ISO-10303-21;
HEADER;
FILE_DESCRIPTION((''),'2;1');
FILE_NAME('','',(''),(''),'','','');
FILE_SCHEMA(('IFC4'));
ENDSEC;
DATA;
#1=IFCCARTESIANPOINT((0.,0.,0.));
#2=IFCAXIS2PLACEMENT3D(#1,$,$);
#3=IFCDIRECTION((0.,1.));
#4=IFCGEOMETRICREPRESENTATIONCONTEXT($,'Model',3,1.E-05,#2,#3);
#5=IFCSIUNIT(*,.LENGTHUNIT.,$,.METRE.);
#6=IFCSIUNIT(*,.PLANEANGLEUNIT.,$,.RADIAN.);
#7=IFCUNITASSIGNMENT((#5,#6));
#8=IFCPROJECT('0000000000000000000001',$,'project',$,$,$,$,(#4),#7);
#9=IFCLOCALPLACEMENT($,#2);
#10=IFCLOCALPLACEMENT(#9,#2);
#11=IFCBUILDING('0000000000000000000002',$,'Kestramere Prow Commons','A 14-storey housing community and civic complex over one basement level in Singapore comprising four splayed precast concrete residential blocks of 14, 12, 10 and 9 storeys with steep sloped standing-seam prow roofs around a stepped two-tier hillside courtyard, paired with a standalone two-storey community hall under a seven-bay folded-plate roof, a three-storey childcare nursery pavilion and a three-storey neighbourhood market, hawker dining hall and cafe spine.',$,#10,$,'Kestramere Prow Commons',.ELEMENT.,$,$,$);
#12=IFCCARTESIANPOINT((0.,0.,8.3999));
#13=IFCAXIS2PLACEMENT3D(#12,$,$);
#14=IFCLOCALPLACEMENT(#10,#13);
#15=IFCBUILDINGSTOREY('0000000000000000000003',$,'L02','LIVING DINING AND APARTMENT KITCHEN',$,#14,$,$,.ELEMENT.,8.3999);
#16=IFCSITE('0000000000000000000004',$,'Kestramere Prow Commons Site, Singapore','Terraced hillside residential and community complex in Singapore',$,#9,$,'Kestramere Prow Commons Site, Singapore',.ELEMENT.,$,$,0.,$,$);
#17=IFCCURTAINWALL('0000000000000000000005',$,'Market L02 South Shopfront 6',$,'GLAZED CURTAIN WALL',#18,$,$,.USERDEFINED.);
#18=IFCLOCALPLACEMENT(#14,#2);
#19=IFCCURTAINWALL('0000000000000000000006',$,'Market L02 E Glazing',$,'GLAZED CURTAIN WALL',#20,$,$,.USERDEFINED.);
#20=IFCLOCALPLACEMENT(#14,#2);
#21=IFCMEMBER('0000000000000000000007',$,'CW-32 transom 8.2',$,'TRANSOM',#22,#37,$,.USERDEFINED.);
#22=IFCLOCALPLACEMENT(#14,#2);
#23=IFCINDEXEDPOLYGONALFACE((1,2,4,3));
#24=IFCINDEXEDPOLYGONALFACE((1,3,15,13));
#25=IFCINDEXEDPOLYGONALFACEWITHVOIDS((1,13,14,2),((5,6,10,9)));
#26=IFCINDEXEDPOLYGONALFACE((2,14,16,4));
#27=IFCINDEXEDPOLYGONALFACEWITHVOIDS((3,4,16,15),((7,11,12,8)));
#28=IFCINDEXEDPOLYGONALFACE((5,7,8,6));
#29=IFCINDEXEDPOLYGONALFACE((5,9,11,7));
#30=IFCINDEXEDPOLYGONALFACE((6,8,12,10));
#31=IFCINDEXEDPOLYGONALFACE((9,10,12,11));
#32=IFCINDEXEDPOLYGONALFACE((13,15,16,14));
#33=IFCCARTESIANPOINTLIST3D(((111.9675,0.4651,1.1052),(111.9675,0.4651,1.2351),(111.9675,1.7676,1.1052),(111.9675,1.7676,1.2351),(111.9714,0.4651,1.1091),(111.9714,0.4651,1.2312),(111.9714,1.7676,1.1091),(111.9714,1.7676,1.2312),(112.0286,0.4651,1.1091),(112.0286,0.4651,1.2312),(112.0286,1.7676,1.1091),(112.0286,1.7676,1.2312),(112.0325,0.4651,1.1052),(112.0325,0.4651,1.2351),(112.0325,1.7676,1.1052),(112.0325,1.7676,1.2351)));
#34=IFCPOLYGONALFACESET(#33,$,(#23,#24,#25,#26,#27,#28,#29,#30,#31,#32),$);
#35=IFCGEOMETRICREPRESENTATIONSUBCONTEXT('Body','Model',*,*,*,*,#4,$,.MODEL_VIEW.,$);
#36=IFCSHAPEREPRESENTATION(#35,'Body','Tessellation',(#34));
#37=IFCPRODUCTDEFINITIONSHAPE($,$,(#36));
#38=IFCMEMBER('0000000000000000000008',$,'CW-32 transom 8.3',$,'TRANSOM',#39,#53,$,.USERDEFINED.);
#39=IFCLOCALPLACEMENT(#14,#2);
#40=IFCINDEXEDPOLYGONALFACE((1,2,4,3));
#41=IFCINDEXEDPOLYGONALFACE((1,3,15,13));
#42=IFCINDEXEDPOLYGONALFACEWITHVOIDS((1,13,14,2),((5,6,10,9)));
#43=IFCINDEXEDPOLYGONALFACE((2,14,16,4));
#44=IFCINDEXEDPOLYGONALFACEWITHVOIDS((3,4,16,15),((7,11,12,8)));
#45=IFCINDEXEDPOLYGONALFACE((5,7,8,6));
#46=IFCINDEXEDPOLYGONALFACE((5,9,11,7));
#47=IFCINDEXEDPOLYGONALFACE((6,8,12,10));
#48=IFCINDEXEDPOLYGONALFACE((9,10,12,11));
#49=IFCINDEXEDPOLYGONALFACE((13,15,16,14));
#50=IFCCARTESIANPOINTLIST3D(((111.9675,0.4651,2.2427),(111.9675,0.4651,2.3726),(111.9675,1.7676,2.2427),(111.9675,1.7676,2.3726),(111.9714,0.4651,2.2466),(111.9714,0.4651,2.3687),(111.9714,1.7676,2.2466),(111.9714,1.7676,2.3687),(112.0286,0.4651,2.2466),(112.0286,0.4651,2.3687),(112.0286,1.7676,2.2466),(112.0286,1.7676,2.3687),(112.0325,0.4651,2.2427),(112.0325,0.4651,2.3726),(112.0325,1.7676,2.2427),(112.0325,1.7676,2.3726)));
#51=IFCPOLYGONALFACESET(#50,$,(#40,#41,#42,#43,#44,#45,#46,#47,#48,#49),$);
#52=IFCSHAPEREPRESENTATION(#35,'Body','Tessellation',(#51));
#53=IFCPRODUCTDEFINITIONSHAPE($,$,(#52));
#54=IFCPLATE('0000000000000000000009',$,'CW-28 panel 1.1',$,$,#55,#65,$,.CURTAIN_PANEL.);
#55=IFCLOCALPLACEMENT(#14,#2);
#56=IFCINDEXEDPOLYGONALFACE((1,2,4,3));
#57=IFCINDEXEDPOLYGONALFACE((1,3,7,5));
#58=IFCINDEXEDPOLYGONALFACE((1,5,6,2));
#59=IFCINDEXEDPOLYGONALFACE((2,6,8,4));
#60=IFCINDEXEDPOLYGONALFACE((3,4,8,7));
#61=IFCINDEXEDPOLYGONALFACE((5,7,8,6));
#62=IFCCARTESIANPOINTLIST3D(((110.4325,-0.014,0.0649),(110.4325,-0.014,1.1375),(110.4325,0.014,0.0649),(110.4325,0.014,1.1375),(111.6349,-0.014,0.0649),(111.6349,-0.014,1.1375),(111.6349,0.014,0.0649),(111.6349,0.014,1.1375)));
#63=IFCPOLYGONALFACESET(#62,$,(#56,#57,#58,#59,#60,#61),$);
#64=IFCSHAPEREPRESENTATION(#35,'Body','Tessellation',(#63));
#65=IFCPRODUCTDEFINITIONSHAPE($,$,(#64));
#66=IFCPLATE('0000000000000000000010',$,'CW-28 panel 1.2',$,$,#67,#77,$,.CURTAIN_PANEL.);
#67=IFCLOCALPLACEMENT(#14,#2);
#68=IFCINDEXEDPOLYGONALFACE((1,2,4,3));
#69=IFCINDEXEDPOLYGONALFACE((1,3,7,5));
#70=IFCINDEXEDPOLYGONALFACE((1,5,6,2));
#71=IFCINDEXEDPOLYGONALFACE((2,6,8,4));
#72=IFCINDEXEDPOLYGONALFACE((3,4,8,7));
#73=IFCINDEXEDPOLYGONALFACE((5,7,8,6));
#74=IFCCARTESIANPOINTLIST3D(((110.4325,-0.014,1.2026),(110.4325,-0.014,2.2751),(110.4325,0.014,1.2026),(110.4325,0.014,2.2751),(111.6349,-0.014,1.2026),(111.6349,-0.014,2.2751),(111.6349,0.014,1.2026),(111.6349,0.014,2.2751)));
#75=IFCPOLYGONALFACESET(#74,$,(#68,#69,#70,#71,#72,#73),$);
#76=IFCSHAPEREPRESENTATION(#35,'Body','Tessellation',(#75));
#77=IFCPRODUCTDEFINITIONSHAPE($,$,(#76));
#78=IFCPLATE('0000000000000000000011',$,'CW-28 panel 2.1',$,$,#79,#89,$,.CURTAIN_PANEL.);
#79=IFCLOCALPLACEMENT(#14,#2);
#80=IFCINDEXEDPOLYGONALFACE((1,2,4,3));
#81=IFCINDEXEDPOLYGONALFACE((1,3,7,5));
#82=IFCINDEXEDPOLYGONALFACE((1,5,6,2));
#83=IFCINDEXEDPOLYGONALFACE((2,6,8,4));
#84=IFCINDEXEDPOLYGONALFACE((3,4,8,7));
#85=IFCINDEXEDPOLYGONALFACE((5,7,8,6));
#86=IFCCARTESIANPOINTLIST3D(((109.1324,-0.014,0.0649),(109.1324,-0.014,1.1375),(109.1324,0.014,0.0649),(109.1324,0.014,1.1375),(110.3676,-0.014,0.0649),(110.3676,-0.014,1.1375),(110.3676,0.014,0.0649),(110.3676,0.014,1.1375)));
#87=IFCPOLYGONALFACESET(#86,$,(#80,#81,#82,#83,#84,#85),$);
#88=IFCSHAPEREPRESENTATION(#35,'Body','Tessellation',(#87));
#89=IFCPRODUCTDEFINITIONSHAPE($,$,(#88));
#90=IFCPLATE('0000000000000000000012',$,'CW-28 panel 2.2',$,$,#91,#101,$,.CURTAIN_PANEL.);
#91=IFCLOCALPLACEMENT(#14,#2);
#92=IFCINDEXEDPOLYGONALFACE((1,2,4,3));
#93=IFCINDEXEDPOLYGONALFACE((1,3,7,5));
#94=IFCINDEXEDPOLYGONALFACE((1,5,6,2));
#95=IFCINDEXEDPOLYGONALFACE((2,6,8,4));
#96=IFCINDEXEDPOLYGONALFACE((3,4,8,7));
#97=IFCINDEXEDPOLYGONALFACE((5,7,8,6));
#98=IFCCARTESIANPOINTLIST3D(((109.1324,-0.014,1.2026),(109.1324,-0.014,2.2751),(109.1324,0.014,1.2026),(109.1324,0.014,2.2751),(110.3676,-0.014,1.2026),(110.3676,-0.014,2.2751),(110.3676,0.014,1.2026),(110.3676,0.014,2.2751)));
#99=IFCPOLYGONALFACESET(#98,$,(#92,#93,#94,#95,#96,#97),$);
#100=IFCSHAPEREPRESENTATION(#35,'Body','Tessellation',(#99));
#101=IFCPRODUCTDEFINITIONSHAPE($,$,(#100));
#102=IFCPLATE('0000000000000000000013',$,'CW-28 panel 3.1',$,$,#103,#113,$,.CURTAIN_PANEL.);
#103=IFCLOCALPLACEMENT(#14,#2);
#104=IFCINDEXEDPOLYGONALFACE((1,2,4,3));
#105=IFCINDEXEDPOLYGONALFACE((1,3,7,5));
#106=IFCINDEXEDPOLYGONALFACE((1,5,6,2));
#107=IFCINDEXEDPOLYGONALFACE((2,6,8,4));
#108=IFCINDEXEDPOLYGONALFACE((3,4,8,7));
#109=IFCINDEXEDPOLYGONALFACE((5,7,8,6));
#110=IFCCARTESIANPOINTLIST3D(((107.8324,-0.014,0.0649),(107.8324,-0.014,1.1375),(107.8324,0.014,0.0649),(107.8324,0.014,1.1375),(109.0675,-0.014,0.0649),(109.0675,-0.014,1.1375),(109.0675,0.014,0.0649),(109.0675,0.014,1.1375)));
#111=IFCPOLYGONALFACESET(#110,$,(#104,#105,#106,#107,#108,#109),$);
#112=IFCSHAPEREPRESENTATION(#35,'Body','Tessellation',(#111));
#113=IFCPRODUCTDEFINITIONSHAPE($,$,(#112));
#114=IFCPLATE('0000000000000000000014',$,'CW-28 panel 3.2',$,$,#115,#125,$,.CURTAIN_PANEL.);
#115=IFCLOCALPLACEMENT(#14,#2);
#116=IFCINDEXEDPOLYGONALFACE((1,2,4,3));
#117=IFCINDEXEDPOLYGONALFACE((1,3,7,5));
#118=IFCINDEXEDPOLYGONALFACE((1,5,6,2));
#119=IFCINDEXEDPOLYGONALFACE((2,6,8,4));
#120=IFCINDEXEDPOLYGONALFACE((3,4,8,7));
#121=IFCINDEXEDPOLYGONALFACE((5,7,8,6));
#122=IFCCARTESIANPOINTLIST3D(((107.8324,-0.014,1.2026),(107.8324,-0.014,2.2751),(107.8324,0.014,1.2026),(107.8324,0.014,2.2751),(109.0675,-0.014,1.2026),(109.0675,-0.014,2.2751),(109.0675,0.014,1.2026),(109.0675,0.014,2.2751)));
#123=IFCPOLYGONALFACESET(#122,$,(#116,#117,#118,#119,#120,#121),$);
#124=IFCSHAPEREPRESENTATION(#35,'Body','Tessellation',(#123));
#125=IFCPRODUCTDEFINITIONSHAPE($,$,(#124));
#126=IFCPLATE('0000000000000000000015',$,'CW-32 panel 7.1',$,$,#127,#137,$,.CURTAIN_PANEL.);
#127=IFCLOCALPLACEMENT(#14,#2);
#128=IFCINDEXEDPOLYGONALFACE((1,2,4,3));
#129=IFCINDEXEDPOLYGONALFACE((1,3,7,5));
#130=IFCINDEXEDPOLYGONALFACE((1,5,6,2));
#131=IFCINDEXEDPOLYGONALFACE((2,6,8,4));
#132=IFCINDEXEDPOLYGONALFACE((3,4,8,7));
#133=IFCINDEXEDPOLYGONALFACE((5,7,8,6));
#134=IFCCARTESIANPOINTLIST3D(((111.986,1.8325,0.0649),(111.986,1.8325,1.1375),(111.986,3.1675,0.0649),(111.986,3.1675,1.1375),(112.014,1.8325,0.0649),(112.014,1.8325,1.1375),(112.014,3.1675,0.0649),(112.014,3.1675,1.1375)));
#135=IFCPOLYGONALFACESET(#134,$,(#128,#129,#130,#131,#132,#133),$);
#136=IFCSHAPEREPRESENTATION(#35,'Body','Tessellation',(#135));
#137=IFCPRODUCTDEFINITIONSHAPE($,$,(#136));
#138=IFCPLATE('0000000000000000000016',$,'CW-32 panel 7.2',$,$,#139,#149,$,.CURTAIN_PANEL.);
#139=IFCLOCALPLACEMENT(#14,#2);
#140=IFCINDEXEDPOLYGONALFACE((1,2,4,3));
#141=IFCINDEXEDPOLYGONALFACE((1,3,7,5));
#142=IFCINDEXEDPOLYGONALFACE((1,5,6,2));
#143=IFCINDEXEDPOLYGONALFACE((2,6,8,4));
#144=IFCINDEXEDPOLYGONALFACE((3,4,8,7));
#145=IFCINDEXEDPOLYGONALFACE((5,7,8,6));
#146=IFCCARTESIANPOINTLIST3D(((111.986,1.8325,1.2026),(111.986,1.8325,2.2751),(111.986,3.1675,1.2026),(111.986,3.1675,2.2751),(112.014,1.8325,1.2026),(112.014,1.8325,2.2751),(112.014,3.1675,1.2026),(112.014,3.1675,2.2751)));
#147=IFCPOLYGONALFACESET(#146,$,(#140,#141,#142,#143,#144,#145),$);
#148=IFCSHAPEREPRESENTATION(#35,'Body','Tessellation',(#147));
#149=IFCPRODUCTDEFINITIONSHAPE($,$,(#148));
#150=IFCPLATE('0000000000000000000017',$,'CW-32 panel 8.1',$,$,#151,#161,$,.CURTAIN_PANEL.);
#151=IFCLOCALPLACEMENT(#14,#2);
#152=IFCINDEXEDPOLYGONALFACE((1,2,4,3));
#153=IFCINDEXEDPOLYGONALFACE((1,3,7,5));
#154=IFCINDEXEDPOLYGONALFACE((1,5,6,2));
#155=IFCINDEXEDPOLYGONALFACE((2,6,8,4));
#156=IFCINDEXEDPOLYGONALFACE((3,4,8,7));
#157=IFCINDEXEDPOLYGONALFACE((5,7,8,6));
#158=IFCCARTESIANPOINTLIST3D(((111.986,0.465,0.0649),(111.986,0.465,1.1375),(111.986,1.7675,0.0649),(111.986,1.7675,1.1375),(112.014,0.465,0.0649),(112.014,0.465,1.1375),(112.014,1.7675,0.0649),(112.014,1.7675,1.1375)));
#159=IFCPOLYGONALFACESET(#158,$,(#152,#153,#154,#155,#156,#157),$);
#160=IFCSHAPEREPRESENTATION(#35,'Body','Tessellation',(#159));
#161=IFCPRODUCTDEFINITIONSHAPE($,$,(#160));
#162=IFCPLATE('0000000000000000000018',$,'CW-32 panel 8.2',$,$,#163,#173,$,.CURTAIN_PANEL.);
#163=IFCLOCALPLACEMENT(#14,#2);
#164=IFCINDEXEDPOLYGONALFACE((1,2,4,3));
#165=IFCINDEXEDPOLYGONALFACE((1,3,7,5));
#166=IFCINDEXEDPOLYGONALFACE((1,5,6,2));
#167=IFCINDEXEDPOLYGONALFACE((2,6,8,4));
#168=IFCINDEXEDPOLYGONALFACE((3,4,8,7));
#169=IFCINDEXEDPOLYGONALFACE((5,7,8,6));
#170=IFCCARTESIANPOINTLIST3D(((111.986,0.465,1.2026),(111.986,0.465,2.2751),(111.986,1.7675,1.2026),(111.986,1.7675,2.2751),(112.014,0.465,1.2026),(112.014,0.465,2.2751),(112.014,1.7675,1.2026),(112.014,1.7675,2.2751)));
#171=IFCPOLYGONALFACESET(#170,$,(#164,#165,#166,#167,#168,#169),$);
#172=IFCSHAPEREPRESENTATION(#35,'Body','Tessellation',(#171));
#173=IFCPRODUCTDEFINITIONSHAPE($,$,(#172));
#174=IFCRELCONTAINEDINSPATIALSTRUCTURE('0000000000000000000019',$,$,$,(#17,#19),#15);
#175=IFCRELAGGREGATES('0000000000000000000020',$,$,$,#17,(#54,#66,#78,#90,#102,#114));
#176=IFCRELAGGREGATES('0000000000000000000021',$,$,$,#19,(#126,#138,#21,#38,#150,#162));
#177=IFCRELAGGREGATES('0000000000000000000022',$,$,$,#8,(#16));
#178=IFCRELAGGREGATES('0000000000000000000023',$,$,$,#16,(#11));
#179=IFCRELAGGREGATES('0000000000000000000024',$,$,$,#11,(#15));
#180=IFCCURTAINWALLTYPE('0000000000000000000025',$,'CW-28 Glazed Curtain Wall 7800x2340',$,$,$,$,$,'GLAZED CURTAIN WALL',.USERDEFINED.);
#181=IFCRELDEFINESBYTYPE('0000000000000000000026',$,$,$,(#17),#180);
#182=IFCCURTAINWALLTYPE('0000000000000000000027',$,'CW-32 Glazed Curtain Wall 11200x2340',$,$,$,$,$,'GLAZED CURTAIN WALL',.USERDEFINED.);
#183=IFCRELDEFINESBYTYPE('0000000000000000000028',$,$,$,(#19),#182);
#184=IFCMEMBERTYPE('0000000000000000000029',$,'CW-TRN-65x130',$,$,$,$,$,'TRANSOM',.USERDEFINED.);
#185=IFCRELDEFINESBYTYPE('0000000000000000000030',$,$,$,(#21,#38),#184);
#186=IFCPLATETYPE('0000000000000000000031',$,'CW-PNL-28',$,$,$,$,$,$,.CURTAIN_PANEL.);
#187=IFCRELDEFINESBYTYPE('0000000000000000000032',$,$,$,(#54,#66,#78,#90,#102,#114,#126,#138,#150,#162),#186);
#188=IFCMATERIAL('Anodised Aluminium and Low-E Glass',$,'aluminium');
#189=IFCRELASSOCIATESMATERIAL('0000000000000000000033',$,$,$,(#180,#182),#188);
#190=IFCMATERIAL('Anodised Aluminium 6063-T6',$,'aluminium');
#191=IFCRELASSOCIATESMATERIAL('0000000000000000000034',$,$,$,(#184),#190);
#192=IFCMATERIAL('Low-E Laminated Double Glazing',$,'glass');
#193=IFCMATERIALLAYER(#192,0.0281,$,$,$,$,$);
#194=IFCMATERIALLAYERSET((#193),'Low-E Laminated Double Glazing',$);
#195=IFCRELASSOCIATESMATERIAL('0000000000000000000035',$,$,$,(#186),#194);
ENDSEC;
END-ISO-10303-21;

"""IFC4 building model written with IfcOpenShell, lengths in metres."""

from ifc_helpers import new_model, si_unit, direction, frame, origin, origin_2d, place, context, subcontext, project, spatial, rectangle, hollow_rectangle, extrude, material, layer, layer_set, material_profile, profile_set, type_object, element, aggregate, save


model = new_model("IFC4")

# Units and contexts
model_context = context("Model", 3, precision=1e-05, world=origin(), true_north=direction((0.0, 1.0)))
body_context = subcontext(model_context, "Body", "Model", "MODEL_VIEW")
ifc_project = project(units=[si_unit("LENGTHUNIT", "METRE"), si_unit("PLANEANGLEUNIT", "RADIAN")], contexts=[model_context])

# Site, building, storey
site_placement = place(None, origin())
site = spatial("IfcSite", under=ifc_project, at=site_placement, Name="Kestramere Prow Commons Site, Singapore", Description="Terraced hillside residential and community complex in Singapore", LongName="Kestramere Prow Commons Site, Singapore", CompositionType="ELEMENT", RefElevation=0.0)
building_placement = place(site_placement, origin())
building = spatial("IfcBuilding", under=site, at=building_placement, Name="Kestramere Prow Commons", Description="A 14-storey housing community and civic complex over one basement level in Singapore comprising four splayed precast concrete residential blocks of 14, 12, 10 and 9 storeys with steep sloped standing-seam prow roofs around a stepped two-tier hillside courtyard, paired with a standalone two-storey community hall under a seven-bay folded-plate roof, a three-storey childcare nursery pavilion and a three-storey neighbourhood market, hawker dining hall and cafe spine.", LongName="Kestramere Prow Commons", CompositionType="ELEMENT")
storey_placement = place(building_placement, frame((0.0, 0.0, 8.3999)))
storey = spatial("IfcBuildingStorey", under=building, at=storey_placement, Name="L02", Description="LIVING DINING AND APARTMENT KITCHEN", CompositionType="ELEMENT", Elevation=8.3999)

# Curtain walls
ifc_material_1 = material(Name="Anodised Aluminium and Low-E Glass", Category="aluminium")
curtain_wall_type_1 = type_object("IfcCurtainWallType", Name="CW-28 Glazed Curtain Wall 7800x2340", ElementType="GLAZED CURTAIN WALL", PredefinedType="USERDEFINED", material=ifc_material_1)
curtain_wall_1_placement = place(storey_placement, origin())
curtain_wall_1 = element("IfcCurtainWall", 1, at=curtain_wall_1_placement, inside=storey, type_object=curtain_wall_type_1, Name="Market L02 South Shopfront 6", ObjectType="GLAZED CURTAIN WALL", PredefinedType="USERDEFINED")
ifc_material_2 = material(Name="Anodised Aluminium 6063-T6", Category="aluminium")
curtain_wall_type_2 = type_object("IfcCurtainWallType", Name="CW-32 Glazed Curtain Wall 11200x2340", ElementType="GLAZED CURTAIN WALL", PredefinedType="USERDEFINED", material=ifc_material_1)
curtain_wall_2_placement = place(storey_placement, origin())
curtain_wall_2 = element("IfcCurtainWall", 2, at=curtain_wall_2_placement, inside=storey, type_object=curtain_wall_type_2, Name="Market L02 E Glazing", ObjectType="GLAZED CURTAIN WALL", PredefinedType="USERDEFINED")

# Members
ifc_material_profile_1 = material_profile(ifc_material_2, hollow_rectangle(XDim=0.0649, YDim=0.1299, WallThickness=0.0039, at=origin_2d()), Name="ALU-TRN 65x130")
ifc_profile_set_1 = profile_set([ifc_material_profile_1], Name="Anodised Aluminium 6063-T6")
member_type_1 = type_object("IfcMemberType", Name="CW-TRN-65x130", ElementType="TRANSOM", PredefinedType="USERDEFINED", material=ifc_profile_set_1)
member_1_placement = place(storey_placement, frame((112.0, 1.7676, 1.1702), z_axis=(0.0, -1.0, 0.0), x_axis=(1.0, 0.0, 0.0)))
member_1 = element("IfcMember", 3, at=member_1_placement, type_object=member_type_1, Name="CW-32 transom 8.2", ObjectType="TRANSOM", PredefinedType="USERDEFINED", context=body_context, shape_type="SweptSolid", body=[
    extrude(hollow_rectangle(XDim=0.0649, YDim=0.1299, WallThickness=0.0039, at=origin_2d()), origin(), (0.0, 0.0, 1.0), 1.3025),
])
member_2_placement = place(storey_placement, frame((112.0, 1.7676, 2.3076), z_axis=(0.0, -1.0, 0.0), x_axis=(1.0, 0.0, 0.0)))
member_2 = element("IfcMember", 4, at=member_2_placement, type_object=member_type_1, Name="CW-32 transom 8.3", ObjectType="TRANSOM", PredefinedType="USERDEFINED", context=body_context, shape_type="SweptSolid", body=[
    extrude(hollow_rectangle(XDim=0.0649, YDim=0.1299, WallThickness=0.0039, at=origin_2d()), origin(), (0.0, 0.0, 1.0), 1.3025),
])

# Plates
ifc_material_3 = material(Name="Low-E Laminated Double Glazing", Category="glass")
ifc_layer = layer(ifc_material_3, 0.0281)
ifc_layer_set = layer_set([ifc_layer], Name="Low-E Laminated Double Glazing")
plate_type = type_object("IfcPlateType", Name="CW-PNL-28", PredefinedType="CURTAIN_PANEL", material=ifc_layer_set)
plate_1_placement = place(storey_placement, frame((111.0337, 0.0, 0.0649), z_axis=(0.0, 0.0, 1.0), x_axis=(-1.0, 0.0, 0.0)))
plate_1 = element("IfcPlate", 5, at=plate_1_placement, type_object=plate_type, Name="CW-28 panel 1.1", PredefinedType="CURTAIN_PANEL", context=body_context, shape_type="SweptSolid", body=[
    extrude(rectangle(XDim=1.2024, YDim=0.0281, at=origin_2d()), origin(), (0.0, 0.0, 1.0), 1.0725),
])
plate_2_placement = place(storey_placement, frame((111.0337, 0.0, 1.2026), z_axis=(0.0, 0.0, 1.0), x_axis=(-1.0, 0.0, 0.0)))
plate_2 = element("IfcPlate", 6, at=plate_2_placement, type_object=plate_type, Name="CW-28 panel 1.2", PredefinedType="CURTAIN_PANEL", context=body_context, shape_type="SweptSolid", body=[
    extrude(rectangle(XDim=1.2024, YDim=0.0281, at=origin_2d()), origin(), (0.0, 0.0, 1.0), 1.0725),
])
plate_3_placement = place(storey_placement, frame((109.75, 0.0, 0.0649), z_axis=(0.0, 0.0, 1.0), x_axis=(-1.0, 0.0, 0.0)))
plate_3 = element("IfcPlate", 7, at=plate_3_placement, type_object=plate_type, Name="CW-28 panel 2.1", PredefinedType="CURTAIN_PANEL", context=body_context, shape_type="SweptSolid", body=[
    extrude(rectangle(XDim=1.2351, YDim=0.0281, at=origin_2d()), origin(), (0.0, 0.0, 1.0), 1.0725),
])
plate_4_placement = place(storey_placement, frame((109.75, 0.0, 1.2026), z_axis=(0.0, 0.0, 1.0), x_axis=(-1.0, 0.0, 0.0)))
plate_4 = element("IfcPlate", 8, at=plate_4_placement, type_object=plate_type, Name="CW-28 panel 2.2", PredefinedType="CURTAIN_PANEL", context=body_context, shape_type="SweptSolid", body=[
    extrude(rectangle(XDim=1.2351, YDim=0.0281, at=origin_2d()), origin(), (0.0, 0.0, 1.0), 1.0725),
])
plate_5_placement = place(storey_placement, frame((108.45, 0.0, 0.0649), z_axis=(0.0, 0.0, 1.0), x_axis=(-1.0, 0.0, 0.0)))
plate_5 = element("IfcPlate", 9, at=plate_5_placement, type_object=plate_type, Name="CW-28 panel 3.1", PredefinedType="CURTAIN_PANEL", context=body_context, shape_type="SweptSolid", body=[
    extrude(rectangle(XDim=1.2351, YDim=0.0281, at=origin_2d()), origin(), (0.0, 0.0, 1.0), 1.0725),
])
plate_6_placement = place(storey_placement, frame((108.45, 0.0, 1.2026), z_axis=(0.0, 0.0, 1.0), x_axis=(-1.0, 0.0, 0.0)))
plate_6 = element("IfcPlate", 10, at=plate_6_placement, type_object=plate_type, Name="CW-28 panel 3.2", PredefinedType="CURTAIN_PANEL", context=body_context, shape_type="SweptSolid", body=[
    extrude(rectangle(XDim=1.2351, YDim=0.0281, at=origin_2d()), origin(), (0.0, 0.0, 1.0), 1.0725),
])
aggregate(curtain_wall_1, [plate_1, plate_2, plate_3, plate_4, plate_5, plate_6])
plate_7_placement = place(storey_placement, frame((112.0, 2.5, 0.0649), z_axis=(0.0, 0.0, 1.0), x_axis=(0.0, -1.0, 0.0)))
plate_7 = element("IfcPlate", 11, at=plate_7_placement, type_object=plate_type, Name="CW-32 panel 7.1", PredefinedType="CURTAIN_PANEL", context=body_context, shape_type="SweptSolid", body=[
    extrude(rectangle(XDim=1.335, YDim=0.0281, at=origin_2d()), origin(), (0.0, 0.0, 1.0), 1.0725),
])
plate_8_placement = place(storey_placement, frame((112.0, 2.5, 1.2026), z_axis=(0.0, 0.0, 1.0), x_axis=(0.0, -1.0, 0.0)))
plate_8 = element("IfcPlate", 12, at=plate_8_placement, type_object=plate_type, Name="CW-32 panel 7.2", PredefinedType="CURTAIN_PANEL", context=body_context, shape_type="SweptSolid", body=[
    extrude(rectangle(XDim=1.335, YDim=0.0281, at=origin_2d()), origin(), (0.0, 0.0, 1.0), 1.0725),
])
plate_9_placement = place(storey_placement, frame((112.0, 1.1162, 0.0649), z_axis=(0.0, 0.0, 1.0), x_axis=(0.0, -1.0, 0.0)))
plate_9 = element("IfcPlate", 13, at=plate_9_placement, type_object=plate_type, Name="CW-32 panel 8.1", PredefinedType="CURTAIN_PANEL", context=body_context, shape_type="SweptSolid", body=[
    extrude(rectangle(XDim=1.3025, YDim=0.0281, at=origin_2d()), origin(), (0.0, 0.0, 1.0), 1.0725),
])
plate_10_placement = place(storey_placement, frame((112.0, 1.1162, 1.2026), z_axis=(0.0, 0.0, 1.0), x_axis=(0.0, -1.0, 0.0)))
plate_10 = element("IfcPlate", 14, at=plate_10_placement, type_object=plate_type, Name="CW-32 panel 8.2", PredefinedType="CURTAIN_PANEL", context=body_context, shape_type="SweptSolid", body=[
    extrude(rectangle(XDim=1.3025, YDim=0.0281, at=origin_2d()), origin(), (0.0, 0.0, 1.0), 1.0725),
])
aggregate(curtain_wall_2, [plate_7, plate_8, member_1, member_2, plate_9, plate_10])

save(model, "model.ifc")
